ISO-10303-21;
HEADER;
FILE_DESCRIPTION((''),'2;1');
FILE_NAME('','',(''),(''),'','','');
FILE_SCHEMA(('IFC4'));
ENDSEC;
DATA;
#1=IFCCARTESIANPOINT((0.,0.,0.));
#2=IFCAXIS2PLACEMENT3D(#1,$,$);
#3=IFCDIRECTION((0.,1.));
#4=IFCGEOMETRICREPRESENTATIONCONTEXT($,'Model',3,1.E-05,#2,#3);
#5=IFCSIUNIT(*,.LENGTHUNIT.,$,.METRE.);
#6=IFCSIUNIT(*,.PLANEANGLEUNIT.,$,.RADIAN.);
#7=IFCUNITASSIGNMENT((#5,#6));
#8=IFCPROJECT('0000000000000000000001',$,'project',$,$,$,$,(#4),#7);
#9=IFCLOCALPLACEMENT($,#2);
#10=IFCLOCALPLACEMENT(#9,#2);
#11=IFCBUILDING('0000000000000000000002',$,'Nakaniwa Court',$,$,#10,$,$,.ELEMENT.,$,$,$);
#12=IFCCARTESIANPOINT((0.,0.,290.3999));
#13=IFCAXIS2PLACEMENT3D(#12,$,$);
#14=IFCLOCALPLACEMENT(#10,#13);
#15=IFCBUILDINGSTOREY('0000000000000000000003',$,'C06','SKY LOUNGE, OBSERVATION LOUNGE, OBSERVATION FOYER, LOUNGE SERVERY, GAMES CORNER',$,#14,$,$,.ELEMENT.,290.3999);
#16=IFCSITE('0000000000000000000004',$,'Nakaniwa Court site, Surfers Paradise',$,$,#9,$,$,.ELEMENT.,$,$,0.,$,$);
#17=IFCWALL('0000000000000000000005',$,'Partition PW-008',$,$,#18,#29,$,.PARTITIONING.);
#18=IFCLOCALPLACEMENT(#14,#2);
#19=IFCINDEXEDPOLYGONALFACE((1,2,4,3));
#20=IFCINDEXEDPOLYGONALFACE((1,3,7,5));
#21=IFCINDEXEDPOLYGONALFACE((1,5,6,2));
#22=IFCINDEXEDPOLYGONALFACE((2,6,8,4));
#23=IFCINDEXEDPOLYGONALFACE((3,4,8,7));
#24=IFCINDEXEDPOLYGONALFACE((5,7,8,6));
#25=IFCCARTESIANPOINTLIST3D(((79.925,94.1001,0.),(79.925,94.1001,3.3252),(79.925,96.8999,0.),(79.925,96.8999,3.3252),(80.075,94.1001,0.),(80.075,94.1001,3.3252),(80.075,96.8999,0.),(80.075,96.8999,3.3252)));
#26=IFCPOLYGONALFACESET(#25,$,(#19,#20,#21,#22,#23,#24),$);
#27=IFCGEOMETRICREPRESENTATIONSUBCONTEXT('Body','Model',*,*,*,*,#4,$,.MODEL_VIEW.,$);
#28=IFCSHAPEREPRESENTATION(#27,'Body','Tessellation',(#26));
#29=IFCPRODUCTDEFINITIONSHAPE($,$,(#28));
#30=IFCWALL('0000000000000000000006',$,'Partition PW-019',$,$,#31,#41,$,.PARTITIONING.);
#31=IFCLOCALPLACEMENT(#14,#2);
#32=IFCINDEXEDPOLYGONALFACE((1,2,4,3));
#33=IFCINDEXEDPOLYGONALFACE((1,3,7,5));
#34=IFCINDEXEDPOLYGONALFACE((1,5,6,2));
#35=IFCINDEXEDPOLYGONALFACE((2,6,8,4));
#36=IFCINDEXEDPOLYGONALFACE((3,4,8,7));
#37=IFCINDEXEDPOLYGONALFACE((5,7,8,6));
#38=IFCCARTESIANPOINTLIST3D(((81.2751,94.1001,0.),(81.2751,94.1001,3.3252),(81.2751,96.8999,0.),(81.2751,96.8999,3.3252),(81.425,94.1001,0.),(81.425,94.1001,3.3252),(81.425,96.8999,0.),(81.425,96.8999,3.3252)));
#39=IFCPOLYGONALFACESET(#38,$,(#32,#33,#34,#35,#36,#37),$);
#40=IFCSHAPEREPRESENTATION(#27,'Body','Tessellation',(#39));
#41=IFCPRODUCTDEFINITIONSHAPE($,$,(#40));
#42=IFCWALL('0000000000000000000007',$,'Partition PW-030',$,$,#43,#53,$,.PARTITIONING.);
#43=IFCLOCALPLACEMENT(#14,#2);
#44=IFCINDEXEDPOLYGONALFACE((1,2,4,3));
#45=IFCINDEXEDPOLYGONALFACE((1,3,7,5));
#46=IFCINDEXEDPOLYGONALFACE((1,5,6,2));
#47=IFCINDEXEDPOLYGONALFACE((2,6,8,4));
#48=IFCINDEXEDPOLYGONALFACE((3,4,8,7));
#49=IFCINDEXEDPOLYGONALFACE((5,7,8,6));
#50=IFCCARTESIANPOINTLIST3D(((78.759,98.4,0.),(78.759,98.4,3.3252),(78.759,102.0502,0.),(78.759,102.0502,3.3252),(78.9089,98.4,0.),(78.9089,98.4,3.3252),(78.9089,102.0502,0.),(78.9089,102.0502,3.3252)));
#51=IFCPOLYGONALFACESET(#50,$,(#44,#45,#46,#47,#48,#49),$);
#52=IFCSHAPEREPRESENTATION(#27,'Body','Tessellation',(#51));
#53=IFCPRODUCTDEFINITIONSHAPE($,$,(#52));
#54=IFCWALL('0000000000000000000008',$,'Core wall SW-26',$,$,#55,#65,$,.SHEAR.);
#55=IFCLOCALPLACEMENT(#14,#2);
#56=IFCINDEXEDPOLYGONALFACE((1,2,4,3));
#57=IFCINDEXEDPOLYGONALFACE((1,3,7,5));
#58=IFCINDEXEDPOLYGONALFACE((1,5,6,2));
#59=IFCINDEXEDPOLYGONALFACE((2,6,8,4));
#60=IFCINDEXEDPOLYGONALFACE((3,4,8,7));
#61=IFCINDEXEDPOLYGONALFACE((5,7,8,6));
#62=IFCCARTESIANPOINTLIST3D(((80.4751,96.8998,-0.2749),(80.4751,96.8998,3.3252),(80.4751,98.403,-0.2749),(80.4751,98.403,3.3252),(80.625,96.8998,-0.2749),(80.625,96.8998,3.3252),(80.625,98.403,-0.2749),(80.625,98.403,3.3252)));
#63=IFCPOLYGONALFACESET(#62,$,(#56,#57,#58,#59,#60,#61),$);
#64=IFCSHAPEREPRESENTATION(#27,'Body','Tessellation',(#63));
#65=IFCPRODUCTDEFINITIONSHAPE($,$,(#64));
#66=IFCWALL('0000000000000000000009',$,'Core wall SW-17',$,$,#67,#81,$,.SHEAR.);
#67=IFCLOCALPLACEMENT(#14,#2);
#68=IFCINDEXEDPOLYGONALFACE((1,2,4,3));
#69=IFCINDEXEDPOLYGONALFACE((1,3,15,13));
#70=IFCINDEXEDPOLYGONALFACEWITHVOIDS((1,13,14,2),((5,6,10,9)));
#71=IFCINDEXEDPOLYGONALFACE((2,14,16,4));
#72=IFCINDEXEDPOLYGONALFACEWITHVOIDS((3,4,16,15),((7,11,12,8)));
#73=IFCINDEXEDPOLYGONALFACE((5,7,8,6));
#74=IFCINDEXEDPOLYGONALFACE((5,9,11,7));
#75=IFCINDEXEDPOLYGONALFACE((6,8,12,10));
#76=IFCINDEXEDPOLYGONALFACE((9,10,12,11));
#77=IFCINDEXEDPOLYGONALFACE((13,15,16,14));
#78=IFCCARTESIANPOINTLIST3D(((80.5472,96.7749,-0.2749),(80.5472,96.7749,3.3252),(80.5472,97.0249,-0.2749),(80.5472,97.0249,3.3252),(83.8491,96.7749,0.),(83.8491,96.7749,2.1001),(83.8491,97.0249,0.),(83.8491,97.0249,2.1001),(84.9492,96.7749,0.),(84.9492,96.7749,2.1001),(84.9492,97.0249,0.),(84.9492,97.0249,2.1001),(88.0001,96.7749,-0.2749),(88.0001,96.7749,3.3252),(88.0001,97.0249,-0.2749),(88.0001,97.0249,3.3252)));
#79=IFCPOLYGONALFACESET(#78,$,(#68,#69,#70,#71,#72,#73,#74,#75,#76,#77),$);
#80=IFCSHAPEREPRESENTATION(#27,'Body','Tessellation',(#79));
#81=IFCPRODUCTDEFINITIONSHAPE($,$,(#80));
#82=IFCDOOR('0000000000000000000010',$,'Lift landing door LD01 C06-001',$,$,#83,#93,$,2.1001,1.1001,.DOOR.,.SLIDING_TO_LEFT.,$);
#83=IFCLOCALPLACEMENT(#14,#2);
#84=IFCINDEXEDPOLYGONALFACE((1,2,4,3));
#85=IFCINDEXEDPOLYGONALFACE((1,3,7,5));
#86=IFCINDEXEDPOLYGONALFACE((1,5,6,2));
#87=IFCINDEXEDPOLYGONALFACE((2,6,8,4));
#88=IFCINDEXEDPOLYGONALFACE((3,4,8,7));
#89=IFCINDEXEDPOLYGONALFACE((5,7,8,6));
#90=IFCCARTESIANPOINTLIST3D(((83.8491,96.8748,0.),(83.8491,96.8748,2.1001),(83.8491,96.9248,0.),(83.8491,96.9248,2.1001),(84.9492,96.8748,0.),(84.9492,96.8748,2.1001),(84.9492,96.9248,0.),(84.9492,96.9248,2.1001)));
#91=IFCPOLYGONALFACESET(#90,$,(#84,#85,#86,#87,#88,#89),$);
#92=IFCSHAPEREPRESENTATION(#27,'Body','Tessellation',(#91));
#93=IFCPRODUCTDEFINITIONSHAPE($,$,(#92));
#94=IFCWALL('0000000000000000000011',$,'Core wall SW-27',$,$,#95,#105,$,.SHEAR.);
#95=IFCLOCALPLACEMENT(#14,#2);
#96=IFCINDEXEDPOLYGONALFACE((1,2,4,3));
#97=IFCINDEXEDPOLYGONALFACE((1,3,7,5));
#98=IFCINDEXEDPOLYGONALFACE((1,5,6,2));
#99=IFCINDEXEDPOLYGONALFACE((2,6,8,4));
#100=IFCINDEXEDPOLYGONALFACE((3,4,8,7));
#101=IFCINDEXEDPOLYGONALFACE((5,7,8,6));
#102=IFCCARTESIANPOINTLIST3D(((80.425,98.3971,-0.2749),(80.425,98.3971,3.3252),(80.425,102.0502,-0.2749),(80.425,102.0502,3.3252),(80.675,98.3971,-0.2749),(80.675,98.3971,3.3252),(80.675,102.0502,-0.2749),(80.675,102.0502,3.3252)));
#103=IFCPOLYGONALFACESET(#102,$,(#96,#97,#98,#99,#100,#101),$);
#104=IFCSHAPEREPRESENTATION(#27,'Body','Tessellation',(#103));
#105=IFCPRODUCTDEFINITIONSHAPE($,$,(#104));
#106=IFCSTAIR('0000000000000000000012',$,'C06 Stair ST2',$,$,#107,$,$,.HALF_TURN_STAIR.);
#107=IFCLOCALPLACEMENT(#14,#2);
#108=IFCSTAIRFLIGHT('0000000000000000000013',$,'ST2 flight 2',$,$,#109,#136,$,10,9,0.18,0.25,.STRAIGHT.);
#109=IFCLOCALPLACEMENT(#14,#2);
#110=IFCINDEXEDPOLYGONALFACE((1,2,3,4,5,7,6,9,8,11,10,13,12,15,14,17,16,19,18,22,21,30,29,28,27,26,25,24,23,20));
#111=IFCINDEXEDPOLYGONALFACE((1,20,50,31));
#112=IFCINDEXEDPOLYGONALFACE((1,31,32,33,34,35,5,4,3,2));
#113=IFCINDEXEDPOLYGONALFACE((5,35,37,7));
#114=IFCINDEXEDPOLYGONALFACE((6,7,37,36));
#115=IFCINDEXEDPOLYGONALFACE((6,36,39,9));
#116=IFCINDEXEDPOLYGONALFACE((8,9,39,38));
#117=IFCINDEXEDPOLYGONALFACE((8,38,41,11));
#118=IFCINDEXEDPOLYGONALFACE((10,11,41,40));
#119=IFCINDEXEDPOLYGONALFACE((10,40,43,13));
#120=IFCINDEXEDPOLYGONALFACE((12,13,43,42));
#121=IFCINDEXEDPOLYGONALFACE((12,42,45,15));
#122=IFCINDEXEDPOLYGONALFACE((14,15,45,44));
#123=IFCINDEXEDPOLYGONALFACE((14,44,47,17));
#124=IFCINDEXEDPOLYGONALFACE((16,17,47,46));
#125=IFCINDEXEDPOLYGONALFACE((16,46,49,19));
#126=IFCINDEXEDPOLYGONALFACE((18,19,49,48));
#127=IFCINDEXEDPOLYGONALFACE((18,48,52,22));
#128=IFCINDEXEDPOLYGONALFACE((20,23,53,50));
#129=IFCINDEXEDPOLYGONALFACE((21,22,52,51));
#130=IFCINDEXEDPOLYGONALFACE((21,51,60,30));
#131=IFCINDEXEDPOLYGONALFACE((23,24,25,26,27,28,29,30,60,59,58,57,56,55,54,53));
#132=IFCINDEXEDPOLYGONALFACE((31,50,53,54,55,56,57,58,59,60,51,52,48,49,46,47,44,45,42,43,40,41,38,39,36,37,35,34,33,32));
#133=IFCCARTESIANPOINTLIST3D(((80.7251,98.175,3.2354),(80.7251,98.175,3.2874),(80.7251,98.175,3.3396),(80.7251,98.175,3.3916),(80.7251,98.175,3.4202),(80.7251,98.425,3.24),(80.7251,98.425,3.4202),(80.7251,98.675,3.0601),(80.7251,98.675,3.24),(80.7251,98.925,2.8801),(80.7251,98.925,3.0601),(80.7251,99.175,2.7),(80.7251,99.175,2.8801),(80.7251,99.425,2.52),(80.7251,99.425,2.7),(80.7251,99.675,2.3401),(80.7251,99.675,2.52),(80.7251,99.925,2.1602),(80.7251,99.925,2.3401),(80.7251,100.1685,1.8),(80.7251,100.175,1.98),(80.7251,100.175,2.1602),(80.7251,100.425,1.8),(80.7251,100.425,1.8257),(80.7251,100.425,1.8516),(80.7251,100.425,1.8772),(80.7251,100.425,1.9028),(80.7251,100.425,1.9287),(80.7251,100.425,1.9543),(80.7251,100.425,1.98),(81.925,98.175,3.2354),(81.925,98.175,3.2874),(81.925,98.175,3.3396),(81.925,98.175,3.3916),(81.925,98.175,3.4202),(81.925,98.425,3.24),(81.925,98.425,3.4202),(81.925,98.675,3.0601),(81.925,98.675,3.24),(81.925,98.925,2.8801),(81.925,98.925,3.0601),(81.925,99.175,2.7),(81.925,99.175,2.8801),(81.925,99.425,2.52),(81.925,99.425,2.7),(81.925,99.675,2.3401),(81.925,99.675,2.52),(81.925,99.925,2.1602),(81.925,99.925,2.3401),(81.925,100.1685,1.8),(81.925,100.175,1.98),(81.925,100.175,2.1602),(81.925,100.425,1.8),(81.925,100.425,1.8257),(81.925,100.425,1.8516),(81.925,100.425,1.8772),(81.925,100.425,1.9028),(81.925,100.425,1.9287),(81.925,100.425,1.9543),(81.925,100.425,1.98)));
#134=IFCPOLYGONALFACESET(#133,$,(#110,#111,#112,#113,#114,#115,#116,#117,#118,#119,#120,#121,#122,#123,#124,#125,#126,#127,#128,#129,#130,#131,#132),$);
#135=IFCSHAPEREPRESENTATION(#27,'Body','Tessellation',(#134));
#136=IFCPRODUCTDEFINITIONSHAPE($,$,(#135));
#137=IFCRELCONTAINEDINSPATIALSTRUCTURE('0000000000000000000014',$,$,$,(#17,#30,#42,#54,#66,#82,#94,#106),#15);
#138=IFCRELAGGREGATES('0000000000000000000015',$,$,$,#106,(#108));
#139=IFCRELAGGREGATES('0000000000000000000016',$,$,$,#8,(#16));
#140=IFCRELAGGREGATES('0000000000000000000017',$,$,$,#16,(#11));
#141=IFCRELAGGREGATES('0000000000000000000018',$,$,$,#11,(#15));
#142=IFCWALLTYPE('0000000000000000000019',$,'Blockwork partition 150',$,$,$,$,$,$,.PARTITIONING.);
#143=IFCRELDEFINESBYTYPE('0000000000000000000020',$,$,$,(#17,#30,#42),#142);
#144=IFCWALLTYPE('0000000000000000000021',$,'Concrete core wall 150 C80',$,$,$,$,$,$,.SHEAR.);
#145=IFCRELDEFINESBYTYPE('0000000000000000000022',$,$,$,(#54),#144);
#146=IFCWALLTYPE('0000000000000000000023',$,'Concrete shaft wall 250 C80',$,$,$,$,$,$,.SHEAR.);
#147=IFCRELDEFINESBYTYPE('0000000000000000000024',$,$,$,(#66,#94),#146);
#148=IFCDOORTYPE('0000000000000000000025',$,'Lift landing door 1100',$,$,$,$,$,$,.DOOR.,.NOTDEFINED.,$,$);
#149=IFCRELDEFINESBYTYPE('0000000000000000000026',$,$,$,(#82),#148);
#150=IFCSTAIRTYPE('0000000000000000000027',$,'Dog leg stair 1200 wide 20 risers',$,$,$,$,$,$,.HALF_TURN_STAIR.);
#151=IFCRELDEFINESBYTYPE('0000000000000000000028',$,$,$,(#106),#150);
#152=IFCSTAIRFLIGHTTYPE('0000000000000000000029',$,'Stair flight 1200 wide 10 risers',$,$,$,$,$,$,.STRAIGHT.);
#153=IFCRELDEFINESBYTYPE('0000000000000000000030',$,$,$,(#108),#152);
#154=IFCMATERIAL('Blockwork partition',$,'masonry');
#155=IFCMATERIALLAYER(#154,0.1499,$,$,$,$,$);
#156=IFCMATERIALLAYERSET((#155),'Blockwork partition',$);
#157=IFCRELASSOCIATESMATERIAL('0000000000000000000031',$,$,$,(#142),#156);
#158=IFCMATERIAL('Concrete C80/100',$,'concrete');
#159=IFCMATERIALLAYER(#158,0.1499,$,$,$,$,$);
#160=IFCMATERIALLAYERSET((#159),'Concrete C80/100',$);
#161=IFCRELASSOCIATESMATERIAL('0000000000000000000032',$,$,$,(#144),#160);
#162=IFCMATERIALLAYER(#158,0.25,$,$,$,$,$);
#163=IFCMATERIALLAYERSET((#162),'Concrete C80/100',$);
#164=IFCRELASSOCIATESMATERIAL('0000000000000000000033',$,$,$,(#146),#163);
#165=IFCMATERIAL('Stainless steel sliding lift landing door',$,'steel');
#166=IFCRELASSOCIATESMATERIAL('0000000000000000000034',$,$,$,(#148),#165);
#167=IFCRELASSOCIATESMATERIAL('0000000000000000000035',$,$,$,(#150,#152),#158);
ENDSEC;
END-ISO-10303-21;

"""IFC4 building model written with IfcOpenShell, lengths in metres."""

from ifc_helpers import new_model, si_unit, direction, frame, frame_2d, origin, place, context, subcontext, project, spatial, polyline, rectangle, outline, extrude, material, layer, layer_set, type_object, element, fill, aggregate, save


model = new_model("IFC4")

# Units and contexts
model_context = context("Model", 3, precision=1e-05, world=origin(), true_north=direction((0.0, 1.0)))
body_context = subcontext(model_context, "Body", "Model", "MODEL_VIEW")
ifc_project = project(units=[si_unit("LENGTHUNIT", "METRE"), si_unit("PLANEANGLEUNIT", "RADIAN")], contexts=[model_context])

# Site, building, storey
site_placement = place(None, origin())
site = spatial("IfcSite", under=ifc_project, at=site_placement, Name="Nakaniwa Court site, Surfers Paradise", CompositionType="ELEMENT", RefElevation=0.0)
building_placement = place(site_placement, origin())
building = spatial("IfcBuilding", under=site, at=building_placement, Name="Nakaniwa Court", CompositionType="ELEMENT")
storey_placement = place(building_placement, frame((0.0, 0.0, 290.3999)))
storey = spatial("IfcBuildingStorey", under=building, at=storey_placement, Name="C06", Description="SKY LOUNGE, OBSERVATION LOUNGE, OBSERVATION FOYER, LOUNGE SERVERY, GAMES CORNER", CompositionType="ELEMENT", Elevation=290.3999)

# Walls
ifc_material_1 = material(Name="Blockwork partition", Category="masonry")
ifc_layer_1 = layer(ifc_material_1, 0.1499)
ifc_layer_set_1 = layer_set([ifc_layer_1], Name="Blockwork partition")
wall_type_1 = type_object("IfcWallType", Name="Blockwork partition 150", PredefinedType="PARTITIONING", material=ifc_layer_set_1)
for number, where, z_axis, x_axis, name in (
    (1, (80.0, 94.1001, 0.0), (0.0, 0.0, 1.0), (0.0, 1.0, 0.0), "Partition PW-008"),
    (2, (81.3501, 94.1001, 0.0), (0.0, 0.0, 1.0), (0.0, 1.0, 0.0), "Partition PW-019"),
):
    element("IfcWall", number, at=place(storey_placement, frame(where, z_axis=z_axis, x_axis=x_axis)), inside=storey, type_object=wall_type_1, Name=name, PredefinedType="PARTITIONING", context=body_context, shape_type="SweptSolid", body=[
        extrude(rectangle(XDim=2.7998, YDim=0.1499, at=frame_2d((1.3999, 0.0))), origin(), (0.0, 0.0, 1.0), 3.3252),
    ])
wall_1_placement = place(storey_placement, frame((78.834, 98.3999, 0.0), z_axis=(0.0, 0.0, 1.0), x_axis=(0.0, 1.0, 0.0)))
element("IfcWall", 3, at=wall_1_placement, inside=storey, type_object=wall_type_1, Name="Partition PW-030", PredefinedType="PARTITIONING", context=body_context, shape_type="SweptSolid", body=[
    extrude(rectangle(XDim=3.6501, YDim=0.1499, at=frame_2d((1.8252, 0.0))), origin(), (0.0, 0.0, 1.0), 3.3252),
])
ifc_material_2 = material(Name="Concrete C80/100", Category="concrete")
ifc_layer_2 = layer(ifc_material_2, 0.1499)
ifc_layer_set_2 = layer_set([ifc_layer_2], Name="Concrete C80/100")
wall_type_2 = type_object("IfcWallType", Name="Concrete core wall 150 C80", PredefinedType="SHEAR", material=ifc_layer_set_2)
wall_2_placement = place(storey_placement, frame((80.55, 96.8999, -0.2749), z_axis=(0.0, 0.0, 1.0), x_axis=(0.0, 1.0, 0.0)))
element("IfcWall", 4, at=wall_2_placement, inside=storey, type_object=wall_type_2, Name="Core wall SW-26", PredefinedType="SHEAR", context=body_context, shape_type="SweptSolid", body=[
    extrude(rectangle(XDim=1.5032, YDim=0.1499, at=frame_2d((0.7515, 0.0))), origin(), (0.0, 0.0, 1.0), 3.6001),
])

# Wall, opening, door
ifc_layer_3 = layer(ifc_material_2, 0.25)
ifc_layer_set_3 = layer_set([ifc_layer_3], Name="Concrete C80/100")
wall_type_3 = type_object("IfcWallType", Name="Concrete shaft wall 250 C80", PredefinedType="SHEAR", material=ifc_layer_set_3)
wall_3_placement = place(storey_placement, frame((80.5471, 96.8999, -0.2749), z_axis=(0.0, 0.0, 1.0), x_axis=(1.0, 0.0, 0.0)))
wall_3 = element("IfcWall", 5, at=wall_3_placement, inside=storey, type_object=wall_type_3, Name="Core wall SW-17", PredefinedType="SHEAR", context=body_context, shape_type="SweptSolid", body=[
    extrude(rectangle(XDim=7.4529, YDim=0.25, at=frame_2d((3.7266, 0.0))), origin(), (0.0, 0.0, 1.0), 3.6001),
])
opening_placement = place(wall_3_placement, frame((3.302, 0.0, 0.2749)))
opening = element("IfcOpeningElement", 6, at=opening_placement, cuts=wall_3, PredefinedType="OPENING", context=body_context, shape_type="SweptSolid", body=[
    extrude(rectangle(XDim=1.1001, YDim=2.1001, at=frame_2d((0.55, 1.05))), frame((0.0, 0.135, 0.0), z_axis=(0.0, -1.0, 0.0), x_axis=(1.0, 0.0, 0.0)), (0.0, 0.0, 1.0), 0.27),
])
ifc_material_3 = material(Name="Stainless steel sliding lift landing door", Category="steel")
door_type = type_object("IfcDoorType", Name="Lift landing door 1100", OperationType="NOTDEFINED", PredefinedType="DOOR", material=ifc_material_3)
door_placement = place(opening_placement, origin())
door = element("IfcDoor", 7, at=door_placement, inside=storey, type_object=door_type, Name="Lift landing door LD01 C06-001", OperationType="SLIDING_TO_LEFT", OverallHeight=2.1001, OverallWidth=1.1001, PredefinedType="DOOR", context=body_context, shape_type="SweptSolid", body=[
    extrude(rectangle(XDim=1.1001, YDim=2.1001, at=frame_2d((0.55, 1.05))), frame((0.0, 0.0249, 0.0), z_axis=(0.0, -1.0, 0.0), x_axis=(1.0, 0.0, 0.0)), (0.0, 0.0, 1.0), 0.05),
])
fill(opening, door)

# Wall
wall_4_placement = place(storey_placement, frame((80.55, 98.397, -0.2749), z_axis=(0.0, 0.0, 1.0), x_axis=(0.0, 1.0, 0.0)))
element("IfcWall", 8, at=wall_4_placement, inside=storey, type_object=wall_type_3, Name="Core wall SW-27", PredefinedType="SHEAR", context=body_context, shape_type="SweptSolid", body=[
    extrude(rectangle(XDim=3.6531, YDim=0.25, at=frame_2d((1.8267, 0.0))), origin(), (0.0, 0.0, 1.0), 3.6001),
])

# Stair, stair flight
stair_type = type_object("IfcStairType", Name="Dog leg stair 1200 wide 20 risers", PredefinedType="HALF_TURN_STAIR", material=ifc_material_2)
stair_placement = place(storey_placement, origin())
stair = element("IfcStair", 9, at=stair_placement, inside=storey, type_object=stair_type, Name="C06 Stair ST2", PredefinedType="HALF_TURN_STAIR")
stair_flight_type = type_object("IfcStairFlightType", Name="Stair flight 1200 wide 10 risers", PredefinedType="STRAIGHT", material=ifc_material_2)
stair_flight_placement = place(storey_placement, frame((81.325, 100.425, 1.8), z_axis=(0.0, 0.0, 1.0), x_axis=(0.0, -1.0, 0.0)))
stair_flight = element("IfcStairFlight", 10, at=stair_flight_placement, type_object=stair_flight_type, Name="ST2 flight 2", NumberOfRisers=10, NumberOfTreads=9, PredefinedType="STRAIGHT", RiserHeight=0.18, TreadLength=0.25, context=body_context, shape_type="SweptSolid", body=[
    extrude(outline(polyline([(0.0, 0.0), (0.0, 0.0256), (0.0, 0.0515), (0.0, 0.0771), (0.0, 0.1028), (0.0, 0.1287), (0.0, 0.1543), (0.0, 0.1799), (0.25, 0.1799), (0.25, 0.3601), (0.5, 0.3601), (0.5, 0.54), (0.75, 0.54), (0.75, 0.72), (1.0, 0.72), (1.0, 0.8999), (1.25, 0.8999), (1.25, 1.0801), (1.5, 1.0801), (1.5, 1.26), (1.75, 1.26), (1.75, 1.4399), (2.0, 1.4399), (2.0, 1.6201), (2.25, 1.6201), (2.25, 1.8), (2.25, 1.7478), (2.25, 1.6958), (2.25, 1.6438), (2.25, 1.5916), (2.25, 1.5396), (2.25, 1.4873), (2.25, 1.4353), (0.2566, 0.0), (0.0, 0.0)])), frame((0.0, 0.6001, 0.0), z_axis=(0.0, -1.0, 0.0), x_axis=(1.0, 0.0, 0.0)), (0.0, 0.0, 1.0), 1.2),
])
aggregate(stair, [stair_flight])

save(model, "model.ifc")
